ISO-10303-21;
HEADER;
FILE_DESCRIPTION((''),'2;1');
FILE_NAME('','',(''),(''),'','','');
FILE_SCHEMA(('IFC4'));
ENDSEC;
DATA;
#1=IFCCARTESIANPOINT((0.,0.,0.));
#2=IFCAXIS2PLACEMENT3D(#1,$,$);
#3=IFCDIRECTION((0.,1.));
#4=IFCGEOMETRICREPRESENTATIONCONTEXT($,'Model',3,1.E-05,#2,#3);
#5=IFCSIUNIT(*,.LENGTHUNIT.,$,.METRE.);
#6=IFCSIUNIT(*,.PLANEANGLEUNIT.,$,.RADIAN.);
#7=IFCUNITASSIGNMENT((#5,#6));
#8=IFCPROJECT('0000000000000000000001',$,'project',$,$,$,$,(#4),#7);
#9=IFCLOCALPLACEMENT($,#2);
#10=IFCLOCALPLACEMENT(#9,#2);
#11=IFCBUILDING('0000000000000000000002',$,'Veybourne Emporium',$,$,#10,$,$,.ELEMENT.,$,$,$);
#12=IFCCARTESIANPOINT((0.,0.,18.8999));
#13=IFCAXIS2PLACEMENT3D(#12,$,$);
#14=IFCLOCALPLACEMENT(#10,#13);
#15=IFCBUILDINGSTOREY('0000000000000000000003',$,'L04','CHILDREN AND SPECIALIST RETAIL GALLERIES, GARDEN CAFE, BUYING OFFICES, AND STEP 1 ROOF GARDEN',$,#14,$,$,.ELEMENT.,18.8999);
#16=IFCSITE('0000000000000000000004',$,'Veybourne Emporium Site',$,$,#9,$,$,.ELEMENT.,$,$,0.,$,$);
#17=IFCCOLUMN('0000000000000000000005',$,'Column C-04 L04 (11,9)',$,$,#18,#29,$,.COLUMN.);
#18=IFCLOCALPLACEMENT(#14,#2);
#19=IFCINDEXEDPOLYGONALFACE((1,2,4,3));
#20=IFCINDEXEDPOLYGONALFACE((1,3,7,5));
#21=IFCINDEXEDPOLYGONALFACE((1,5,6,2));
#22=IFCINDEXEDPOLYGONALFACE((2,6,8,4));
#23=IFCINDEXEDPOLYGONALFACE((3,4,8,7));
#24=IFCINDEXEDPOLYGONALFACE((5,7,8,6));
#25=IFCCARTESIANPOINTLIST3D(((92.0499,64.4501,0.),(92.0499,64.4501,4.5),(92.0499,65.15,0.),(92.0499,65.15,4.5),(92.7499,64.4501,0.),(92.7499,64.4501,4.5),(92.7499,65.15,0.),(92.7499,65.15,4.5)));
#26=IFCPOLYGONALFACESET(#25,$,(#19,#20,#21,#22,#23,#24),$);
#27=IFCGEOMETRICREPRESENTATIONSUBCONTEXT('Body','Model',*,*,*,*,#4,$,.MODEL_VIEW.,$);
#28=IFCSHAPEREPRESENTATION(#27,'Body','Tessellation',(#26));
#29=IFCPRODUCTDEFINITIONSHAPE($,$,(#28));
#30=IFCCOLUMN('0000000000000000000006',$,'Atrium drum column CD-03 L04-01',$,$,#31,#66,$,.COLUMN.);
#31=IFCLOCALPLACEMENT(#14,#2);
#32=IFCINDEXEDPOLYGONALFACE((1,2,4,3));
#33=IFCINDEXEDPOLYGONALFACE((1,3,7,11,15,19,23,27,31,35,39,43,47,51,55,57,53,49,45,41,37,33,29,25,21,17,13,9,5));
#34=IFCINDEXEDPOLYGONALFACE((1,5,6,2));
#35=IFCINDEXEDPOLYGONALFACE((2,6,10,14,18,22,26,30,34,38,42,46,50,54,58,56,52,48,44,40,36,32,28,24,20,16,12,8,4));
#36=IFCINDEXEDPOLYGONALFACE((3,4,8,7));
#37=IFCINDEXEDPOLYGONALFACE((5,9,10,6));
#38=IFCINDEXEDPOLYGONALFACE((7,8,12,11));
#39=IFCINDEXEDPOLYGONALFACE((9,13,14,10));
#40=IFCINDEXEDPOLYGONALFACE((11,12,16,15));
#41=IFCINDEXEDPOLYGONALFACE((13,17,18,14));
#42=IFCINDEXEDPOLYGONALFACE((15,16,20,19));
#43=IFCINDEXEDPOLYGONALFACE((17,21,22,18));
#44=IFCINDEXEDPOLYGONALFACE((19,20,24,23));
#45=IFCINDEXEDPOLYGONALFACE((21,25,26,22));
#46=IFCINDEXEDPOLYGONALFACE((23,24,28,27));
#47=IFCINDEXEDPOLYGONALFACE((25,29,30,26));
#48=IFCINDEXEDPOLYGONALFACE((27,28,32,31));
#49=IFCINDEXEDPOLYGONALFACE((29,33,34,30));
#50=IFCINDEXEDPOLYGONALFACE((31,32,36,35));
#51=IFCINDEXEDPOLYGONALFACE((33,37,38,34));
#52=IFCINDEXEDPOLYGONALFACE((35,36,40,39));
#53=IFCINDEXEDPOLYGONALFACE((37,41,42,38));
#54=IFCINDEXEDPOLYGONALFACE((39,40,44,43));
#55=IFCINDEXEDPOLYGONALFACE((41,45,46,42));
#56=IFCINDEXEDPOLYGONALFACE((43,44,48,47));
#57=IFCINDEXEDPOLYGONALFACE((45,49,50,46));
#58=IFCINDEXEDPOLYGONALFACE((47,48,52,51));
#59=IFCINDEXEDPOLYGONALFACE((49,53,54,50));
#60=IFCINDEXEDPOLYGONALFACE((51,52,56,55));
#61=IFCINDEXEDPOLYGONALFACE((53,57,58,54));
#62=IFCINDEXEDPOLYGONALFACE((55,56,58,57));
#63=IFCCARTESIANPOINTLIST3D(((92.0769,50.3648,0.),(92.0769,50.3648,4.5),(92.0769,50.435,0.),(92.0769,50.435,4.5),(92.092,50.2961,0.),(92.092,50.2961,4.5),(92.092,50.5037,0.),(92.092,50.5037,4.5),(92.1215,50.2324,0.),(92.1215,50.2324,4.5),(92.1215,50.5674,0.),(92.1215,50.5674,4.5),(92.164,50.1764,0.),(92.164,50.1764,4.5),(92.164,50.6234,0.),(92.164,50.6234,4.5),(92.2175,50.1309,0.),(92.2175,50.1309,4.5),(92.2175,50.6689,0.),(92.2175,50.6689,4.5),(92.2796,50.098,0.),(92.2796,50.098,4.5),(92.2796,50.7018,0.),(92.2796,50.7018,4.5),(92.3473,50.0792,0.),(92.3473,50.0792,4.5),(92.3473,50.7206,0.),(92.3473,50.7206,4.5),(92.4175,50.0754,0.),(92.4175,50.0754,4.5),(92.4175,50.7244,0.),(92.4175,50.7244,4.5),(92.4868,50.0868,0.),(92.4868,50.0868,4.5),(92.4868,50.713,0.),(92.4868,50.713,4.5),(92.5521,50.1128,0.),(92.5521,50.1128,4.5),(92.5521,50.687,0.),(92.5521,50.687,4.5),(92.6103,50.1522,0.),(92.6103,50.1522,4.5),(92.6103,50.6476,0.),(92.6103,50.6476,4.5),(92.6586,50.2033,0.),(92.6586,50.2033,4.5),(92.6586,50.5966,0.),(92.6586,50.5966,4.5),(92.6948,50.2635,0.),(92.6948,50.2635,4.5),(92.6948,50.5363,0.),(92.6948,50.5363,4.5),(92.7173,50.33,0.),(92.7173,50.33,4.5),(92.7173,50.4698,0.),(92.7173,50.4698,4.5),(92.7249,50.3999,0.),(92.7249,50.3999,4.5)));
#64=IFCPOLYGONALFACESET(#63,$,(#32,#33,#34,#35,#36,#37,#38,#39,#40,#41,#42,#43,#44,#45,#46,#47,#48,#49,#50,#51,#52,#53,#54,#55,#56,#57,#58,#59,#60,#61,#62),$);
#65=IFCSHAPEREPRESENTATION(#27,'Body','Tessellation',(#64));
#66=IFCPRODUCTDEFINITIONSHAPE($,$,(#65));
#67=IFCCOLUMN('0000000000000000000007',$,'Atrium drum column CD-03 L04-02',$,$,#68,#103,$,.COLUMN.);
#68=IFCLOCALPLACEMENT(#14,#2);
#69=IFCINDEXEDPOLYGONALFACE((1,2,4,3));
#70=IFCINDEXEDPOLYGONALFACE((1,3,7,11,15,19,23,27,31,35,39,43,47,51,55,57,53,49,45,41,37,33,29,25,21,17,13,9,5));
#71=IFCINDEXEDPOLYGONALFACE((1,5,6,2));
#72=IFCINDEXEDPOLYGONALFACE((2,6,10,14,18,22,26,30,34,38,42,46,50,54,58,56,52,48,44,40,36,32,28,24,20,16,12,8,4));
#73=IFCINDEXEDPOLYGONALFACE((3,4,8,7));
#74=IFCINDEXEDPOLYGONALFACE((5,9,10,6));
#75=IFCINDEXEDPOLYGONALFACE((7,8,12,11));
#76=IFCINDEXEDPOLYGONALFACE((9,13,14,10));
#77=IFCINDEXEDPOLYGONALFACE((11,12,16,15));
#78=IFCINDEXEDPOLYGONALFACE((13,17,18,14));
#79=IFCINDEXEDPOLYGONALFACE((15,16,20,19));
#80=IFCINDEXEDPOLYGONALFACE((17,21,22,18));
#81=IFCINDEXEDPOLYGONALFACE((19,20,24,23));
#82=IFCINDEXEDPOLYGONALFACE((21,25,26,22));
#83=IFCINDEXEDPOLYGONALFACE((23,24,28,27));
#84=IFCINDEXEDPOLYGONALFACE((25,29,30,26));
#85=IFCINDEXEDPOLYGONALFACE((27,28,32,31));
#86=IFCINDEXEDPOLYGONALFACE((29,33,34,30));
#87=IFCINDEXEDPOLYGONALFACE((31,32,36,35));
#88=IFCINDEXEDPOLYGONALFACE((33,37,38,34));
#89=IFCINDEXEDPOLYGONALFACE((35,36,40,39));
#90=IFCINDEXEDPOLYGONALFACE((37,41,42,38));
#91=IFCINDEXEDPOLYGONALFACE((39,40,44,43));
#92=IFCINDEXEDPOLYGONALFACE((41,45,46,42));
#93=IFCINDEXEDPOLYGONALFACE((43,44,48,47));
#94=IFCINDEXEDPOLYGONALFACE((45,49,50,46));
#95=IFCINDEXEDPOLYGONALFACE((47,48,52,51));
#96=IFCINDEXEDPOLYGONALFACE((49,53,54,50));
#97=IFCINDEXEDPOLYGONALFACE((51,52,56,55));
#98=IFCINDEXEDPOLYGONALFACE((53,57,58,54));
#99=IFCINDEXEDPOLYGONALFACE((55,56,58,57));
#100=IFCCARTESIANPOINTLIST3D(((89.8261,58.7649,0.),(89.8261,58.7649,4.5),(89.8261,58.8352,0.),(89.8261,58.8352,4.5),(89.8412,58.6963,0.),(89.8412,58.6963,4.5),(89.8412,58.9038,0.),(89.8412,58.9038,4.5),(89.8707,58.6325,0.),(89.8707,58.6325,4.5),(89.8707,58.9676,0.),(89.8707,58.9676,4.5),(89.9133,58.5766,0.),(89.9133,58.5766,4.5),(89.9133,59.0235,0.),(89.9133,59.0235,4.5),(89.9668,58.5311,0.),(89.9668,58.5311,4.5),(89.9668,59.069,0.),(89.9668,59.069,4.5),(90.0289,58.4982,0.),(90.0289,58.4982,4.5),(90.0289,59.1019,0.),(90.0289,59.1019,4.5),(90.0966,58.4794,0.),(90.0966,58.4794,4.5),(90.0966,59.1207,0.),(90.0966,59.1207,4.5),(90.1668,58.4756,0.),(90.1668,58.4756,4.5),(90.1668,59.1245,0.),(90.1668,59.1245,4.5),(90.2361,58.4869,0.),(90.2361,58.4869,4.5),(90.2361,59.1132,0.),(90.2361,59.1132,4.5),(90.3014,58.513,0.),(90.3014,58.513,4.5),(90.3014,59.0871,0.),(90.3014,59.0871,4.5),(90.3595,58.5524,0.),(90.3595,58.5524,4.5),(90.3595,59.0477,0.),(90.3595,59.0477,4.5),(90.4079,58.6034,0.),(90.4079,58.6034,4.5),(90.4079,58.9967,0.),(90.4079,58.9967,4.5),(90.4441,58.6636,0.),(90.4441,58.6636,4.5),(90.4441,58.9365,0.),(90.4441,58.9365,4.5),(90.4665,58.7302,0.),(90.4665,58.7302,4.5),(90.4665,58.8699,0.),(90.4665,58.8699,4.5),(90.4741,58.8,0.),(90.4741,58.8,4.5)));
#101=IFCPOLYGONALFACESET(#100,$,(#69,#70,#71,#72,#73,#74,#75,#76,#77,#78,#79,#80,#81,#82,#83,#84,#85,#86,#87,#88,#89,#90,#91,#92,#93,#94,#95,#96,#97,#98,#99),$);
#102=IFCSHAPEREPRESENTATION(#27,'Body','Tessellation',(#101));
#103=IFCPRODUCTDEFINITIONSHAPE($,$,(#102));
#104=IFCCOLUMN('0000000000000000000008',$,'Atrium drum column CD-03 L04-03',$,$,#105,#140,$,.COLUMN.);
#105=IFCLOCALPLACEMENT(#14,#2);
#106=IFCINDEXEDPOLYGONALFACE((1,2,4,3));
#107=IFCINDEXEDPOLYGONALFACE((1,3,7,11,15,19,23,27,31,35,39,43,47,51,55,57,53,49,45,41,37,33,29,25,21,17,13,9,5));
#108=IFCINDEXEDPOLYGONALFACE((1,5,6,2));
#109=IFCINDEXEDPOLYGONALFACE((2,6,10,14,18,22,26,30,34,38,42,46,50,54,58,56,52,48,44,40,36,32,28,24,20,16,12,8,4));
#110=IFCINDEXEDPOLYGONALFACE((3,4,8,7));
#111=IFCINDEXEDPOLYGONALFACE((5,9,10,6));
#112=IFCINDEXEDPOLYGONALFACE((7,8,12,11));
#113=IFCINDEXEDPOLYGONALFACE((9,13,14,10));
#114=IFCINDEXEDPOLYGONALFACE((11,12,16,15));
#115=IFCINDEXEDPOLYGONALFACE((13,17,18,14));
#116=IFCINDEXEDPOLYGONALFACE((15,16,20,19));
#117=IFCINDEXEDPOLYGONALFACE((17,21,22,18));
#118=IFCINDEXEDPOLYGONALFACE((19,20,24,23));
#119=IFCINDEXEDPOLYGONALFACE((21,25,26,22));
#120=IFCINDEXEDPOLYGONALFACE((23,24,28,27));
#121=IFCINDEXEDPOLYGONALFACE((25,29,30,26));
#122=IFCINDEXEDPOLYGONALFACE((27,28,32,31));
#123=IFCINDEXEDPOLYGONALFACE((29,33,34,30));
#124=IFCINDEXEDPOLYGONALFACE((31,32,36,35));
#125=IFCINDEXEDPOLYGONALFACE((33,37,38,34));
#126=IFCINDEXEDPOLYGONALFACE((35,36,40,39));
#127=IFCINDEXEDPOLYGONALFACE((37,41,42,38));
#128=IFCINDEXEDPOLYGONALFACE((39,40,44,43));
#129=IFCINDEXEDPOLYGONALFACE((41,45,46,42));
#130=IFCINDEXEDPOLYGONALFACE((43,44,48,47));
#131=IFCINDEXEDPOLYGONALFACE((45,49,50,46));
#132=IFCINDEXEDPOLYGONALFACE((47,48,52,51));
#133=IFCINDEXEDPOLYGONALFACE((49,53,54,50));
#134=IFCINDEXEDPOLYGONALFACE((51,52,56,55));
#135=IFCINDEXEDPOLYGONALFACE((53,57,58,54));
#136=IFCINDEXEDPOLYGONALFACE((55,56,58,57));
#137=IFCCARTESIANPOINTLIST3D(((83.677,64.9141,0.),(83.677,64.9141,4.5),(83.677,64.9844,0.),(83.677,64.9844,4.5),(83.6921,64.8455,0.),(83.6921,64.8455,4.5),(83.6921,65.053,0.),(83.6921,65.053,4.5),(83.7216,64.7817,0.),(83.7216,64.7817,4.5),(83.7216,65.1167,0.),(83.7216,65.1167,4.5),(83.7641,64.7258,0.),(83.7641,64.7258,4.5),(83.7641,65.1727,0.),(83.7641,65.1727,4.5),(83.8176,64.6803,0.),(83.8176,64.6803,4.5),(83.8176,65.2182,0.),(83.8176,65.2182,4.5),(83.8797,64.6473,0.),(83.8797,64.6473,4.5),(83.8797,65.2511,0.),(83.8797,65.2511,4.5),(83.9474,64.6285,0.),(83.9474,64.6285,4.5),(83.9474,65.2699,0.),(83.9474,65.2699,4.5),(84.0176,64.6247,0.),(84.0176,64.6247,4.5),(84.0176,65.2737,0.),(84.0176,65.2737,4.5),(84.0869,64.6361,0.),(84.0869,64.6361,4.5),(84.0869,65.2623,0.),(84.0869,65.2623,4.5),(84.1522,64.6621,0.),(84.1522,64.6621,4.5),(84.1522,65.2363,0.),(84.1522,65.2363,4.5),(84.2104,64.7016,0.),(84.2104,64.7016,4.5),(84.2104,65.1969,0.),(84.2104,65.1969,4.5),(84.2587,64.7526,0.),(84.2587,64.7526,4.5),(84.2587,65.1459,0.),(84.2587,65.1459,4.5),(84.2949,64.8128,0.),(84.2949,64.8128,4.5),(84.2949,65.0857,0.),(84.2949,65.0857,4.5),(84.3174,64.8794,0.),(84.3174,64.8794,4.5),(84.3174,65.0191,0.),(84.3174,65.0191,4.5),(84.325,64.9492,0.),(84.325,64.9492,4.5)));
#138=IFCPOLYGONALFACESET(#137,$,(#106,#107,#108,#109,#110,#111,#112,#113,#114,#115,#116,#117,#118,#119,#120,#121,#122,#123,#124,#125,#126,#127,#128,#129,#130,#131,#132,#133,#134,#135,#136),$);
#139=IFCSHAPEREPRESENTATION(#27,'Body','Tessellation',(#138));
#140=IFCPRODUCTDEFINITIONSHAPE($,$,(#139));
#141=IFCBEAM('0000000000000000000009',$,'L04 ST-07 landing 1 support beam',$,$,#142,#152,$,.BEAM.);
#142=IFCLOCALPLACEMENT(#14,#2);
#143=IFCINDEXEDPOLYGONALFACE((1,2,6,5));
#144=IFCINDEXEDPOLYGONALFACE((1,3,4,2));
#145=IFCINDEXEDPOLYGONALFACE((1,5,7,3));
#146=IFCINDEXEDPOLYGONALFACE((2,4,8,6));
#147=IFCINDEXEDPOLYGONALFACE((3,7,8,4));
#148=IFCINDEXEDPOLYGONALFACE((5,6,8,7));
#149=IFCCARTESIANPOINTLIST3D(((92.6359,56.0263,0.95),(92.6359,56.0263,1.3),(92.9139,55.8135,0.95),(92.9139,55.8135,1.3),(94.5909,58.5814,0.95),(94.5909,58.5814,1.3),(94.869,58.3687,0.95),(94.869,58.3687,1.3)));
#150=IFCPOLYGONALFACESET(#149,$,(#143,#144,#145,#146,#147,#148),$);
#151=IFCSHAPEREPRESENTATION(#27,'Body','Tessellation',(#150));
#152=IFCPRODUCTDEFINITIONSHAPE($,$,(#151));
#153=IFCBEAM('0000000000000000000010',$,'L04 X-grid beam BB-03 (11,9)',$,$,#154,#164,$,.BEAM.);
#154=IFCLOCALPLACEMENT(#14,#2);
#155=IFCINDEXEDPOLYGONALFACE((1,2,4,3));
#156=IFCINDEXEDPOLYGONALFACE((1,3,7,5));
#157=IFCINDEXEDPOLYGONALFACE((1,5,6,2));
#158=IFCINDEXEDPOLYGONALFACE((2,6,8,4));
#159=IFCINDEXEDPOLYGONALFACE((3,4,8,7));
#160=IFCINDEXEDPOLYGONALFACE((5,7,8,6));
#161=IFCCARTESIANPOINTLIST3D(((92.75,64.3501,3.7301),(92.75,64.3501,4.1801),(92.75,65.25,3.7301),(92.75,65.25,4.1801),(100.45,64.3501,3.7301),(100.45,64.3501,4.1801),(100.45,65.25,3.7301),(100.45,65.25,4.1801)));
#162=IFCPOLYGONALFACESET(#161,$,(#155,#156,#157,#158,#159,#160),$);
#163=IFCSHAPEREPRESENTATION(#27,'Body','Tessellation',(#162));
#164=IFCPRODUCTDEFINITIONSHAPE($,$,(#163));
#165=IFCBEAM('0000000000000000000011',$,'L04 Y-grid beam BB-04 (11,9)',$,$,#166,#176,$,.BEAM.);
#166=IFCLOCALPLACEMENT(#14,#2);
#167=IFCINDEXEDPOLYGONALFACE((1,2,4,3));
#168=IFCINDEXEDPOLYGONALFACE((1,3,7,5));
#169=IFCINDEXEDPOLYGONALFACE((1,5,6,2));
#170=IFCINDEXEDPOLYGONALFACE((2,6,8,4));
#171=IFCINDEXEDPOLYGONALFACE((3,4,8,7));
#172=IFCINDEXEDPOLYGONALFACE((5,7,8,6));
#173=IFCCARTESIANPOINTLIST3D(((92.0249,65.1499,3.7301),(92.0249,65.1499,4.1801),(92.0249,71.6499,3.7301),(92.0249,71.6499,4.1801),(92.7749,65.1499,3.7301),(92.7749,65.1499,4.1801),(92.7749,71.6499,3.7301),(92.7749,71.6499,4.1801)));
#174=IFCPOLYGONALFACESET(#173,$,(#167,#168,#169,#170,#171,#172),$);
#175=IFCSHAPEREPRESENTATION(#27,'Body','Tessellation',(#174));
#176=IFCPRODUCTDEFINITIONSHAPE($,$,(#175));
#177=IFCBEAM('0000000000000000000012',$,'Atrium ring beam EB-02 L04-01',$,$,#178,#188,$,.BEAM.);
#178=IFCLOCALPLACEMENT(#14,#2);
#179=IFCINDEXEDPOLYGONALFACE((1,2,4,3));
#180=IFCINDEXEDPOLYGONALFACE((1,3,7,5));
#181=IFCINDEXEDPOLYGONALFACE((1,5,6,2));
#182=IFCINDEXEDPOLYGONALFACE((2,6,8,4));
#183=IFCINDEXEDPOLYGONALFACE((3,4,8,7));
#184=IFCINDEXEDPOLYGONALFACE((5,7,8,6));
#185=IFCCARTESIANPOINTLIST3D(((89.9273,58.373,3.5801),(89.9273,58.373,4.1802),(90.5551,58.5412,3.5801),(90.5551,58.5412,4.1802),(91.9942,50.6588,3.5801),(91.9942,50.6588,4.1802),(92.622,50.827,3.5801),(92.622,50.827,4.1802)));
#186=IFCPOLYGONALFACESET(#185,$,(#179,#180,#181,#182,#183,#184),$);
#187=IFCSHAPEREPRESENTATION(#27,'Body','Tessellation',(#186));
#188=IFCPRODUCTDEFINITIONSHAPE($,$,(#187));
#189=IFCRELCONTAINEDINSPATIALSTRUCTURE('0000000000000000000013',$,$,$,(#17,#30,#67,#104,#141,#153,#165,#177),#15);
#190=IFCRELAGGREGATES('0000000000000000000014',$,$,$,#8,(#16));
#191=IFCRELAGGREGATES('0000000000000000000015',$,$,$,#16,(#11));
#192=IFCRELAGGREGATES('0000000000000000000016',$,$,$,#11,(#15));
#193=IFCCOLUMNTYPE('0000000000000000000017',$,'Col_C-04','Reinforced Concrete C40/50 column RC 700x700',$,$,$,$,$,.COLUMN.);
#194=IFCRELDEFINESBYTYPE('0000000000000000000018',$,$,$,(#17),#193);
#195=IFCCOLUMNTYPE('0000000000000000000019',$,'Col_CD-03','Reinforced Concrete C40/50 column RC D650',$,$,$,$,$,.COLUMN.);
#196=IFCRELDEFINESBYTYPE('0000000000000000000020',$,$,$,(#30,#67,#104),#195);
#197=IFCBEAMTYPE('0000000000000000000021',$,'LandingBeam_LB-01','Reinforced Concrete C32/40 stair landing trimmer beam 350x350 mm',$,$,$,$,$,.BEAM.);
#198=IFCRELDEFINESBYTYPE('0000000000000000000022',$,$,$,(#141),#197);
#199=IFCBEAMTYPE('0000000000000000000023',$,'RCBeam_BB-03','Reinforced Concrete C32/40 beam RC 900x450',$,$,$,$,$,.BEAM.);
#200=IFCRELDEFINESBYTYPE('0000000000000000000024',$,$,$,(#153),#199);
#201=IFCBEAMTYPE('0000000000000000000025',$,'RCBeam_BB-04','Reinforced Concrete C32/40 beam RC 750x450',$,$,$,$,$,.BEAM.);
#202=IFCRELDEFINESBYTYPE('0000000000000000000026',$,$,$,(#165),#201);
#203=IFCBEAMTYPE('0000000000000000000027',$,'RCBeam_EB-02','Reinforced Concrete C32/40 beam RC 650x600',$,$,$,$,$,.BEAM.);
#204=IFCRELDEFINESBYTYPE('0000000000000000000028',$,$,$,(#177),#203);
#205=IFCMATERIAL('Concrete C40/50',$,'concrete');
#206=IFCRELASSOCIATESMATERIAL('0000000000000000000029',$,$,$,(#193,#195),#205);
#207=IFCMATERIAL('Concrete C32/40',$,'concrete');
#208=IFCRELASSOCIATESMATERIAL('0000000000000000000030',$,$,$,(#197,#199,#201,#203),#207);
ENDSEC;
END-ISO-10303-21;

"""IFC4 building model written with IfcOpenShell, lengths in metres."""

from ifc_helpers import new_model, si_unit, direction, frame, origin, origin_2d, place, context, subcontext, project, spatial, rectangle, circle, extrude, material, material_profile, profile_set, type_object, element, save


model = new_model("IFC4")

# Units and contexts
model_context = context("Model", 3, precision=1e-05, world=origin(), true_north=direction((0.0, 1.0)))
body_context = subcontext(model_context, "Body", "Model", "MODEL_VIEW")
ifc_project = project(units=[si_unit("LENGTHUNIT", "METRE"), si_unit("PLANEANGLEUNIT", "RADIAN")], contexts=[model_context])

# Site, building, storey
site_placement = place(None, origin())
site = spatial("IfcSite", under=ifc_project, at=site_placement, Name="Veybourne Emporium Site", CompositionType="ELEMENT", RefElevation=0.0)
building_placement = place(site_placement, origin())
building = spatial("IfcBuilding", under=site, at=building_placement, Name="Veybourne Emporium", CompositionType="ELEMENT")
storey_placement = place(building_placement, frame((0.0, 0.0, 18.8999)))
storey = spatial("IfcBuildingStorey", under=building, at=storey_placement, Name="L04", Description="CHILDREN AND SPECIALIST RETAIL GALLERIES, GARDEN CAFE, BUYING OFFICES, AND STEP 1 ROOF GARDEN", CompositionType="ELEMENT", Elevation=18.8999)

# Columns
ifc_material_1 = material(Name="Concrete C40/50", Category="concrete")
ifc_material_profile_1 = material_profile(ifc_material_1, rectangle(XDim=0.7, YDim=0.7, at=origin_2d()), Name="RC 700x700")
ifc_profile_set_1 = profile_set([ifc_material_profile_1], Name="Concrete C40/50")
column_type_1 = type_object("IfcColumnType", Name="Col_C-04", Description="Reinforced Concrete C40/50 column RC 700x700", PredefinedType="COLUMN", material=ifc_profile_set_1)
column_placement = place(storey_placement, frame((92.3999, 64.8, 0.0), z_axis=(0.0, 0.0, 1.0), x_axis=(1.0, 0.0, 0.0)))
element("IfcColumn", 1, at=column_placement, inside=storey, type_object=column_type_1, Name="Column C-04 L04 (11,9)", PredefinedType="COLUMN", context=body_context, shape_type="SweptSolid", body=[
    extrude(rectangle(XDim=0.7, YDim=0.7, at=origin_2d()), origin(), (0.0, 0.0, 1.0), 4.5),
])
ifc_material_profile_2 = material_profile(ifc_material_1, circle(Radius=0.325, at=origin_2d()), Name="RC D650")
ifc_profile_set_2 = profile_set([ifc_material_profile_2], Name="Concrete C40/50")
column_type_2 = type_object("IfcColumnType", Name="Col_CD-03", Description="Reinforced Concrete C40/50 column RC D650", PredefinedType="COLUMN", material=ifc_profile_set_2)
for number, where, z_axis, x_axis, name in (
    (2, (92.3999, 50.3999, 0.0), (0.0, 0.0, 1.0), (1.0, 0.0, 0.0), "Atrium drum column CD-03 L04-01"),
    (3, (90.1492, 58.8, 0.0), (0.0, 0.0, 1.0), (1.0, 0.0, 0.0), "Atrium drum column CD-03 L04-02"),
    (4, (84.0, 64.9492, 0.0), (0.0, 0.0, 1.0), (1.0, 0.0, 0.0), "Atrium drum column CD-03 L04-03"),
):
    element("IfcColumn", number, at=place(storey_placement, frame(where, z_axis=z_axis, x_axis=x_axis)), inside=storey, type_object=column_type_2, Name=name, PredefinedType="COLUMN", context=body_context, shape_type="SweptSolid", body=[
        extrude(circle(Radius=0.325, at=origin_2d()), origin(), (0.0, 0.0, 1.0), 4.5),
    ])

# Beams
ifc_material_2 = material(Name="Concrete C32/40", Category="concrete")
ifc_material_profile_3 = material_profile(ifc_material_2, rectangle(XDim=0.3501, YDim=0.3501, at=origin_2d()), Name="RC 350x350")
ifc_profile_set_3 = profile_set([ifc_material_profile_3], Name="Concrete C32/40")
beam_type_1 = type_object("IfcBeamType", Name="LandingBeam_LB-01", Description="Reinforced Concrete C32/40 stair landing trimmer beam 350x350 mm", PredefinedType="BEAM", material=ifc_profile_set_3)
beam_1_placement = place(storey_placement, frame((92.7749, 55.9199, 1.125), z_axis=(0.60767, 0.79419, 0.0), x_axis=(-0.79419, 0.60767, 0.0)))
element("IfcBeam", 5, at=beam_1_placement, inside=storey, type_object=beam_type_1, Name="L04 ST-07 landing 1 support beam", PredefinedType="BEAM", context=body_context, shape_type="SweptSolid", body=[
    extrude(rectangle(XDim=0.3501, YDim=0.3501, at=origin_2d()), origin(), (0.0, 0.0, 1.0), 3.2173),
])
ifc_material_profile_4 = material_profile(ifc_material_2, rectangle(XDim=0.8999, YDim=0.45, at=origin_2d()), Name="RC 900x450")
ifc_profile_set_4 = profile_set([ifc_material_profile_4], Name="Concrete C32/40")
beam_type_2 = type_object("IfcBeamType", Name="RCBeam_BB-03", Description="Reinforced Concrete C32/40 beam RC 900x450", PredefinedType="BEAM", material=ifc_profile_set_4)
beam_2_placement = place(storey_placement, frame((92.75, 64.8, 3.9551), z_axis=(1.0, 0.0, 0.0), x_axis=(0.0, 1.0, 0.0)))
element("IfcBeam", 6, at=beam_2_placement, inside=storey, type_object=beam_type_2, Name="L04 X-grid beam BB-03 (11,9)", PredefinedType="BEAM", context=body_context, shape_type="SweptSolid", body=[
    extrude(rectangle(XDim=0.8999, YDim=0.45, at=origin_2d()), origin(), (0.0, 0.0, 1.0), 7.7),
])
ifc_material_profile_5 = material_profile(ifc_material_2, rectangle(XDim=0.75, YDim=0.45, at=origin_2d()), Name="RC 750x450")
ifc_profile_set_5 = profile_set([ifc_material_profile_5], Name="Concrete C32/40")
beam_type_3 = type_object("IfcBeamType", Name="RCBeam_BB-04", Description="Reinforced Concrete C32/40 beam RC 750x450", PredefinedType="BEAM", material=ifc_profile_set_5)
beam_3_placement = place(storey_placement, frame((92.3999, 65.1499, 3.9551), z_axis=(0.0, 1.0, 0.0), x_axis=(-1.0, 0.0, 0.0)))
element("IfcBeam", 7, at=beam_3_placement, inside=storey, type_object=beam_type_3, Name="L04 Y-grid beam BB-04 (11,9)", PredefinedType="BEAM", context=body_context, shape_type="SweptSolid", body=[
    extrude(rectangle(XDim=0.75, YDim=0.45, at=origin_2d()), origin(), (0.0, 0.0, 1.0), 6.5),
])
ifc_material_profile_6 = material_profile(ifc_material_2, rectangle(XDim=0.6499, YDim=0.6001, at=origin_2d()), Name="RC 650x600")
ifc_profile_set_6 = profile_set([ifc_material_profile_6], Name="Concrete C32/40")
beam_type_4 = type_object("IfcBeamType", Name="RCBeam_EB-02", Description="Reinforced Concrete C32/40 beam RC 650x600", PredefinedType="BEAM", material=ifc_profile_set_6)
for number, where, z_axis, x_axis, name in (
    (8, (92.3081, 50.7429, 3.8801), (-0.258808, 0.965929, 0.0), (-0.965929, -0.258808, 0.0), "Atrium ring beam EB-02 L04-01"),
):
    element("IfcBeam", number, at=place(storey_placement, frame(where, z_axis=z_axis, x_axis=x_axis)), inside=storey, type_object=beam_type_4, Name=name, PredefinedType="BEAM", context=body_context, shape_type="SweptSolid", body=[
        extrude(rectangle(XDim=0.6499, YDim=0.6001, at=origin_2d()), origin(), (0.0, 0.0, 1.0), 7.9863),
    ])

save(model, "model.ifc")
